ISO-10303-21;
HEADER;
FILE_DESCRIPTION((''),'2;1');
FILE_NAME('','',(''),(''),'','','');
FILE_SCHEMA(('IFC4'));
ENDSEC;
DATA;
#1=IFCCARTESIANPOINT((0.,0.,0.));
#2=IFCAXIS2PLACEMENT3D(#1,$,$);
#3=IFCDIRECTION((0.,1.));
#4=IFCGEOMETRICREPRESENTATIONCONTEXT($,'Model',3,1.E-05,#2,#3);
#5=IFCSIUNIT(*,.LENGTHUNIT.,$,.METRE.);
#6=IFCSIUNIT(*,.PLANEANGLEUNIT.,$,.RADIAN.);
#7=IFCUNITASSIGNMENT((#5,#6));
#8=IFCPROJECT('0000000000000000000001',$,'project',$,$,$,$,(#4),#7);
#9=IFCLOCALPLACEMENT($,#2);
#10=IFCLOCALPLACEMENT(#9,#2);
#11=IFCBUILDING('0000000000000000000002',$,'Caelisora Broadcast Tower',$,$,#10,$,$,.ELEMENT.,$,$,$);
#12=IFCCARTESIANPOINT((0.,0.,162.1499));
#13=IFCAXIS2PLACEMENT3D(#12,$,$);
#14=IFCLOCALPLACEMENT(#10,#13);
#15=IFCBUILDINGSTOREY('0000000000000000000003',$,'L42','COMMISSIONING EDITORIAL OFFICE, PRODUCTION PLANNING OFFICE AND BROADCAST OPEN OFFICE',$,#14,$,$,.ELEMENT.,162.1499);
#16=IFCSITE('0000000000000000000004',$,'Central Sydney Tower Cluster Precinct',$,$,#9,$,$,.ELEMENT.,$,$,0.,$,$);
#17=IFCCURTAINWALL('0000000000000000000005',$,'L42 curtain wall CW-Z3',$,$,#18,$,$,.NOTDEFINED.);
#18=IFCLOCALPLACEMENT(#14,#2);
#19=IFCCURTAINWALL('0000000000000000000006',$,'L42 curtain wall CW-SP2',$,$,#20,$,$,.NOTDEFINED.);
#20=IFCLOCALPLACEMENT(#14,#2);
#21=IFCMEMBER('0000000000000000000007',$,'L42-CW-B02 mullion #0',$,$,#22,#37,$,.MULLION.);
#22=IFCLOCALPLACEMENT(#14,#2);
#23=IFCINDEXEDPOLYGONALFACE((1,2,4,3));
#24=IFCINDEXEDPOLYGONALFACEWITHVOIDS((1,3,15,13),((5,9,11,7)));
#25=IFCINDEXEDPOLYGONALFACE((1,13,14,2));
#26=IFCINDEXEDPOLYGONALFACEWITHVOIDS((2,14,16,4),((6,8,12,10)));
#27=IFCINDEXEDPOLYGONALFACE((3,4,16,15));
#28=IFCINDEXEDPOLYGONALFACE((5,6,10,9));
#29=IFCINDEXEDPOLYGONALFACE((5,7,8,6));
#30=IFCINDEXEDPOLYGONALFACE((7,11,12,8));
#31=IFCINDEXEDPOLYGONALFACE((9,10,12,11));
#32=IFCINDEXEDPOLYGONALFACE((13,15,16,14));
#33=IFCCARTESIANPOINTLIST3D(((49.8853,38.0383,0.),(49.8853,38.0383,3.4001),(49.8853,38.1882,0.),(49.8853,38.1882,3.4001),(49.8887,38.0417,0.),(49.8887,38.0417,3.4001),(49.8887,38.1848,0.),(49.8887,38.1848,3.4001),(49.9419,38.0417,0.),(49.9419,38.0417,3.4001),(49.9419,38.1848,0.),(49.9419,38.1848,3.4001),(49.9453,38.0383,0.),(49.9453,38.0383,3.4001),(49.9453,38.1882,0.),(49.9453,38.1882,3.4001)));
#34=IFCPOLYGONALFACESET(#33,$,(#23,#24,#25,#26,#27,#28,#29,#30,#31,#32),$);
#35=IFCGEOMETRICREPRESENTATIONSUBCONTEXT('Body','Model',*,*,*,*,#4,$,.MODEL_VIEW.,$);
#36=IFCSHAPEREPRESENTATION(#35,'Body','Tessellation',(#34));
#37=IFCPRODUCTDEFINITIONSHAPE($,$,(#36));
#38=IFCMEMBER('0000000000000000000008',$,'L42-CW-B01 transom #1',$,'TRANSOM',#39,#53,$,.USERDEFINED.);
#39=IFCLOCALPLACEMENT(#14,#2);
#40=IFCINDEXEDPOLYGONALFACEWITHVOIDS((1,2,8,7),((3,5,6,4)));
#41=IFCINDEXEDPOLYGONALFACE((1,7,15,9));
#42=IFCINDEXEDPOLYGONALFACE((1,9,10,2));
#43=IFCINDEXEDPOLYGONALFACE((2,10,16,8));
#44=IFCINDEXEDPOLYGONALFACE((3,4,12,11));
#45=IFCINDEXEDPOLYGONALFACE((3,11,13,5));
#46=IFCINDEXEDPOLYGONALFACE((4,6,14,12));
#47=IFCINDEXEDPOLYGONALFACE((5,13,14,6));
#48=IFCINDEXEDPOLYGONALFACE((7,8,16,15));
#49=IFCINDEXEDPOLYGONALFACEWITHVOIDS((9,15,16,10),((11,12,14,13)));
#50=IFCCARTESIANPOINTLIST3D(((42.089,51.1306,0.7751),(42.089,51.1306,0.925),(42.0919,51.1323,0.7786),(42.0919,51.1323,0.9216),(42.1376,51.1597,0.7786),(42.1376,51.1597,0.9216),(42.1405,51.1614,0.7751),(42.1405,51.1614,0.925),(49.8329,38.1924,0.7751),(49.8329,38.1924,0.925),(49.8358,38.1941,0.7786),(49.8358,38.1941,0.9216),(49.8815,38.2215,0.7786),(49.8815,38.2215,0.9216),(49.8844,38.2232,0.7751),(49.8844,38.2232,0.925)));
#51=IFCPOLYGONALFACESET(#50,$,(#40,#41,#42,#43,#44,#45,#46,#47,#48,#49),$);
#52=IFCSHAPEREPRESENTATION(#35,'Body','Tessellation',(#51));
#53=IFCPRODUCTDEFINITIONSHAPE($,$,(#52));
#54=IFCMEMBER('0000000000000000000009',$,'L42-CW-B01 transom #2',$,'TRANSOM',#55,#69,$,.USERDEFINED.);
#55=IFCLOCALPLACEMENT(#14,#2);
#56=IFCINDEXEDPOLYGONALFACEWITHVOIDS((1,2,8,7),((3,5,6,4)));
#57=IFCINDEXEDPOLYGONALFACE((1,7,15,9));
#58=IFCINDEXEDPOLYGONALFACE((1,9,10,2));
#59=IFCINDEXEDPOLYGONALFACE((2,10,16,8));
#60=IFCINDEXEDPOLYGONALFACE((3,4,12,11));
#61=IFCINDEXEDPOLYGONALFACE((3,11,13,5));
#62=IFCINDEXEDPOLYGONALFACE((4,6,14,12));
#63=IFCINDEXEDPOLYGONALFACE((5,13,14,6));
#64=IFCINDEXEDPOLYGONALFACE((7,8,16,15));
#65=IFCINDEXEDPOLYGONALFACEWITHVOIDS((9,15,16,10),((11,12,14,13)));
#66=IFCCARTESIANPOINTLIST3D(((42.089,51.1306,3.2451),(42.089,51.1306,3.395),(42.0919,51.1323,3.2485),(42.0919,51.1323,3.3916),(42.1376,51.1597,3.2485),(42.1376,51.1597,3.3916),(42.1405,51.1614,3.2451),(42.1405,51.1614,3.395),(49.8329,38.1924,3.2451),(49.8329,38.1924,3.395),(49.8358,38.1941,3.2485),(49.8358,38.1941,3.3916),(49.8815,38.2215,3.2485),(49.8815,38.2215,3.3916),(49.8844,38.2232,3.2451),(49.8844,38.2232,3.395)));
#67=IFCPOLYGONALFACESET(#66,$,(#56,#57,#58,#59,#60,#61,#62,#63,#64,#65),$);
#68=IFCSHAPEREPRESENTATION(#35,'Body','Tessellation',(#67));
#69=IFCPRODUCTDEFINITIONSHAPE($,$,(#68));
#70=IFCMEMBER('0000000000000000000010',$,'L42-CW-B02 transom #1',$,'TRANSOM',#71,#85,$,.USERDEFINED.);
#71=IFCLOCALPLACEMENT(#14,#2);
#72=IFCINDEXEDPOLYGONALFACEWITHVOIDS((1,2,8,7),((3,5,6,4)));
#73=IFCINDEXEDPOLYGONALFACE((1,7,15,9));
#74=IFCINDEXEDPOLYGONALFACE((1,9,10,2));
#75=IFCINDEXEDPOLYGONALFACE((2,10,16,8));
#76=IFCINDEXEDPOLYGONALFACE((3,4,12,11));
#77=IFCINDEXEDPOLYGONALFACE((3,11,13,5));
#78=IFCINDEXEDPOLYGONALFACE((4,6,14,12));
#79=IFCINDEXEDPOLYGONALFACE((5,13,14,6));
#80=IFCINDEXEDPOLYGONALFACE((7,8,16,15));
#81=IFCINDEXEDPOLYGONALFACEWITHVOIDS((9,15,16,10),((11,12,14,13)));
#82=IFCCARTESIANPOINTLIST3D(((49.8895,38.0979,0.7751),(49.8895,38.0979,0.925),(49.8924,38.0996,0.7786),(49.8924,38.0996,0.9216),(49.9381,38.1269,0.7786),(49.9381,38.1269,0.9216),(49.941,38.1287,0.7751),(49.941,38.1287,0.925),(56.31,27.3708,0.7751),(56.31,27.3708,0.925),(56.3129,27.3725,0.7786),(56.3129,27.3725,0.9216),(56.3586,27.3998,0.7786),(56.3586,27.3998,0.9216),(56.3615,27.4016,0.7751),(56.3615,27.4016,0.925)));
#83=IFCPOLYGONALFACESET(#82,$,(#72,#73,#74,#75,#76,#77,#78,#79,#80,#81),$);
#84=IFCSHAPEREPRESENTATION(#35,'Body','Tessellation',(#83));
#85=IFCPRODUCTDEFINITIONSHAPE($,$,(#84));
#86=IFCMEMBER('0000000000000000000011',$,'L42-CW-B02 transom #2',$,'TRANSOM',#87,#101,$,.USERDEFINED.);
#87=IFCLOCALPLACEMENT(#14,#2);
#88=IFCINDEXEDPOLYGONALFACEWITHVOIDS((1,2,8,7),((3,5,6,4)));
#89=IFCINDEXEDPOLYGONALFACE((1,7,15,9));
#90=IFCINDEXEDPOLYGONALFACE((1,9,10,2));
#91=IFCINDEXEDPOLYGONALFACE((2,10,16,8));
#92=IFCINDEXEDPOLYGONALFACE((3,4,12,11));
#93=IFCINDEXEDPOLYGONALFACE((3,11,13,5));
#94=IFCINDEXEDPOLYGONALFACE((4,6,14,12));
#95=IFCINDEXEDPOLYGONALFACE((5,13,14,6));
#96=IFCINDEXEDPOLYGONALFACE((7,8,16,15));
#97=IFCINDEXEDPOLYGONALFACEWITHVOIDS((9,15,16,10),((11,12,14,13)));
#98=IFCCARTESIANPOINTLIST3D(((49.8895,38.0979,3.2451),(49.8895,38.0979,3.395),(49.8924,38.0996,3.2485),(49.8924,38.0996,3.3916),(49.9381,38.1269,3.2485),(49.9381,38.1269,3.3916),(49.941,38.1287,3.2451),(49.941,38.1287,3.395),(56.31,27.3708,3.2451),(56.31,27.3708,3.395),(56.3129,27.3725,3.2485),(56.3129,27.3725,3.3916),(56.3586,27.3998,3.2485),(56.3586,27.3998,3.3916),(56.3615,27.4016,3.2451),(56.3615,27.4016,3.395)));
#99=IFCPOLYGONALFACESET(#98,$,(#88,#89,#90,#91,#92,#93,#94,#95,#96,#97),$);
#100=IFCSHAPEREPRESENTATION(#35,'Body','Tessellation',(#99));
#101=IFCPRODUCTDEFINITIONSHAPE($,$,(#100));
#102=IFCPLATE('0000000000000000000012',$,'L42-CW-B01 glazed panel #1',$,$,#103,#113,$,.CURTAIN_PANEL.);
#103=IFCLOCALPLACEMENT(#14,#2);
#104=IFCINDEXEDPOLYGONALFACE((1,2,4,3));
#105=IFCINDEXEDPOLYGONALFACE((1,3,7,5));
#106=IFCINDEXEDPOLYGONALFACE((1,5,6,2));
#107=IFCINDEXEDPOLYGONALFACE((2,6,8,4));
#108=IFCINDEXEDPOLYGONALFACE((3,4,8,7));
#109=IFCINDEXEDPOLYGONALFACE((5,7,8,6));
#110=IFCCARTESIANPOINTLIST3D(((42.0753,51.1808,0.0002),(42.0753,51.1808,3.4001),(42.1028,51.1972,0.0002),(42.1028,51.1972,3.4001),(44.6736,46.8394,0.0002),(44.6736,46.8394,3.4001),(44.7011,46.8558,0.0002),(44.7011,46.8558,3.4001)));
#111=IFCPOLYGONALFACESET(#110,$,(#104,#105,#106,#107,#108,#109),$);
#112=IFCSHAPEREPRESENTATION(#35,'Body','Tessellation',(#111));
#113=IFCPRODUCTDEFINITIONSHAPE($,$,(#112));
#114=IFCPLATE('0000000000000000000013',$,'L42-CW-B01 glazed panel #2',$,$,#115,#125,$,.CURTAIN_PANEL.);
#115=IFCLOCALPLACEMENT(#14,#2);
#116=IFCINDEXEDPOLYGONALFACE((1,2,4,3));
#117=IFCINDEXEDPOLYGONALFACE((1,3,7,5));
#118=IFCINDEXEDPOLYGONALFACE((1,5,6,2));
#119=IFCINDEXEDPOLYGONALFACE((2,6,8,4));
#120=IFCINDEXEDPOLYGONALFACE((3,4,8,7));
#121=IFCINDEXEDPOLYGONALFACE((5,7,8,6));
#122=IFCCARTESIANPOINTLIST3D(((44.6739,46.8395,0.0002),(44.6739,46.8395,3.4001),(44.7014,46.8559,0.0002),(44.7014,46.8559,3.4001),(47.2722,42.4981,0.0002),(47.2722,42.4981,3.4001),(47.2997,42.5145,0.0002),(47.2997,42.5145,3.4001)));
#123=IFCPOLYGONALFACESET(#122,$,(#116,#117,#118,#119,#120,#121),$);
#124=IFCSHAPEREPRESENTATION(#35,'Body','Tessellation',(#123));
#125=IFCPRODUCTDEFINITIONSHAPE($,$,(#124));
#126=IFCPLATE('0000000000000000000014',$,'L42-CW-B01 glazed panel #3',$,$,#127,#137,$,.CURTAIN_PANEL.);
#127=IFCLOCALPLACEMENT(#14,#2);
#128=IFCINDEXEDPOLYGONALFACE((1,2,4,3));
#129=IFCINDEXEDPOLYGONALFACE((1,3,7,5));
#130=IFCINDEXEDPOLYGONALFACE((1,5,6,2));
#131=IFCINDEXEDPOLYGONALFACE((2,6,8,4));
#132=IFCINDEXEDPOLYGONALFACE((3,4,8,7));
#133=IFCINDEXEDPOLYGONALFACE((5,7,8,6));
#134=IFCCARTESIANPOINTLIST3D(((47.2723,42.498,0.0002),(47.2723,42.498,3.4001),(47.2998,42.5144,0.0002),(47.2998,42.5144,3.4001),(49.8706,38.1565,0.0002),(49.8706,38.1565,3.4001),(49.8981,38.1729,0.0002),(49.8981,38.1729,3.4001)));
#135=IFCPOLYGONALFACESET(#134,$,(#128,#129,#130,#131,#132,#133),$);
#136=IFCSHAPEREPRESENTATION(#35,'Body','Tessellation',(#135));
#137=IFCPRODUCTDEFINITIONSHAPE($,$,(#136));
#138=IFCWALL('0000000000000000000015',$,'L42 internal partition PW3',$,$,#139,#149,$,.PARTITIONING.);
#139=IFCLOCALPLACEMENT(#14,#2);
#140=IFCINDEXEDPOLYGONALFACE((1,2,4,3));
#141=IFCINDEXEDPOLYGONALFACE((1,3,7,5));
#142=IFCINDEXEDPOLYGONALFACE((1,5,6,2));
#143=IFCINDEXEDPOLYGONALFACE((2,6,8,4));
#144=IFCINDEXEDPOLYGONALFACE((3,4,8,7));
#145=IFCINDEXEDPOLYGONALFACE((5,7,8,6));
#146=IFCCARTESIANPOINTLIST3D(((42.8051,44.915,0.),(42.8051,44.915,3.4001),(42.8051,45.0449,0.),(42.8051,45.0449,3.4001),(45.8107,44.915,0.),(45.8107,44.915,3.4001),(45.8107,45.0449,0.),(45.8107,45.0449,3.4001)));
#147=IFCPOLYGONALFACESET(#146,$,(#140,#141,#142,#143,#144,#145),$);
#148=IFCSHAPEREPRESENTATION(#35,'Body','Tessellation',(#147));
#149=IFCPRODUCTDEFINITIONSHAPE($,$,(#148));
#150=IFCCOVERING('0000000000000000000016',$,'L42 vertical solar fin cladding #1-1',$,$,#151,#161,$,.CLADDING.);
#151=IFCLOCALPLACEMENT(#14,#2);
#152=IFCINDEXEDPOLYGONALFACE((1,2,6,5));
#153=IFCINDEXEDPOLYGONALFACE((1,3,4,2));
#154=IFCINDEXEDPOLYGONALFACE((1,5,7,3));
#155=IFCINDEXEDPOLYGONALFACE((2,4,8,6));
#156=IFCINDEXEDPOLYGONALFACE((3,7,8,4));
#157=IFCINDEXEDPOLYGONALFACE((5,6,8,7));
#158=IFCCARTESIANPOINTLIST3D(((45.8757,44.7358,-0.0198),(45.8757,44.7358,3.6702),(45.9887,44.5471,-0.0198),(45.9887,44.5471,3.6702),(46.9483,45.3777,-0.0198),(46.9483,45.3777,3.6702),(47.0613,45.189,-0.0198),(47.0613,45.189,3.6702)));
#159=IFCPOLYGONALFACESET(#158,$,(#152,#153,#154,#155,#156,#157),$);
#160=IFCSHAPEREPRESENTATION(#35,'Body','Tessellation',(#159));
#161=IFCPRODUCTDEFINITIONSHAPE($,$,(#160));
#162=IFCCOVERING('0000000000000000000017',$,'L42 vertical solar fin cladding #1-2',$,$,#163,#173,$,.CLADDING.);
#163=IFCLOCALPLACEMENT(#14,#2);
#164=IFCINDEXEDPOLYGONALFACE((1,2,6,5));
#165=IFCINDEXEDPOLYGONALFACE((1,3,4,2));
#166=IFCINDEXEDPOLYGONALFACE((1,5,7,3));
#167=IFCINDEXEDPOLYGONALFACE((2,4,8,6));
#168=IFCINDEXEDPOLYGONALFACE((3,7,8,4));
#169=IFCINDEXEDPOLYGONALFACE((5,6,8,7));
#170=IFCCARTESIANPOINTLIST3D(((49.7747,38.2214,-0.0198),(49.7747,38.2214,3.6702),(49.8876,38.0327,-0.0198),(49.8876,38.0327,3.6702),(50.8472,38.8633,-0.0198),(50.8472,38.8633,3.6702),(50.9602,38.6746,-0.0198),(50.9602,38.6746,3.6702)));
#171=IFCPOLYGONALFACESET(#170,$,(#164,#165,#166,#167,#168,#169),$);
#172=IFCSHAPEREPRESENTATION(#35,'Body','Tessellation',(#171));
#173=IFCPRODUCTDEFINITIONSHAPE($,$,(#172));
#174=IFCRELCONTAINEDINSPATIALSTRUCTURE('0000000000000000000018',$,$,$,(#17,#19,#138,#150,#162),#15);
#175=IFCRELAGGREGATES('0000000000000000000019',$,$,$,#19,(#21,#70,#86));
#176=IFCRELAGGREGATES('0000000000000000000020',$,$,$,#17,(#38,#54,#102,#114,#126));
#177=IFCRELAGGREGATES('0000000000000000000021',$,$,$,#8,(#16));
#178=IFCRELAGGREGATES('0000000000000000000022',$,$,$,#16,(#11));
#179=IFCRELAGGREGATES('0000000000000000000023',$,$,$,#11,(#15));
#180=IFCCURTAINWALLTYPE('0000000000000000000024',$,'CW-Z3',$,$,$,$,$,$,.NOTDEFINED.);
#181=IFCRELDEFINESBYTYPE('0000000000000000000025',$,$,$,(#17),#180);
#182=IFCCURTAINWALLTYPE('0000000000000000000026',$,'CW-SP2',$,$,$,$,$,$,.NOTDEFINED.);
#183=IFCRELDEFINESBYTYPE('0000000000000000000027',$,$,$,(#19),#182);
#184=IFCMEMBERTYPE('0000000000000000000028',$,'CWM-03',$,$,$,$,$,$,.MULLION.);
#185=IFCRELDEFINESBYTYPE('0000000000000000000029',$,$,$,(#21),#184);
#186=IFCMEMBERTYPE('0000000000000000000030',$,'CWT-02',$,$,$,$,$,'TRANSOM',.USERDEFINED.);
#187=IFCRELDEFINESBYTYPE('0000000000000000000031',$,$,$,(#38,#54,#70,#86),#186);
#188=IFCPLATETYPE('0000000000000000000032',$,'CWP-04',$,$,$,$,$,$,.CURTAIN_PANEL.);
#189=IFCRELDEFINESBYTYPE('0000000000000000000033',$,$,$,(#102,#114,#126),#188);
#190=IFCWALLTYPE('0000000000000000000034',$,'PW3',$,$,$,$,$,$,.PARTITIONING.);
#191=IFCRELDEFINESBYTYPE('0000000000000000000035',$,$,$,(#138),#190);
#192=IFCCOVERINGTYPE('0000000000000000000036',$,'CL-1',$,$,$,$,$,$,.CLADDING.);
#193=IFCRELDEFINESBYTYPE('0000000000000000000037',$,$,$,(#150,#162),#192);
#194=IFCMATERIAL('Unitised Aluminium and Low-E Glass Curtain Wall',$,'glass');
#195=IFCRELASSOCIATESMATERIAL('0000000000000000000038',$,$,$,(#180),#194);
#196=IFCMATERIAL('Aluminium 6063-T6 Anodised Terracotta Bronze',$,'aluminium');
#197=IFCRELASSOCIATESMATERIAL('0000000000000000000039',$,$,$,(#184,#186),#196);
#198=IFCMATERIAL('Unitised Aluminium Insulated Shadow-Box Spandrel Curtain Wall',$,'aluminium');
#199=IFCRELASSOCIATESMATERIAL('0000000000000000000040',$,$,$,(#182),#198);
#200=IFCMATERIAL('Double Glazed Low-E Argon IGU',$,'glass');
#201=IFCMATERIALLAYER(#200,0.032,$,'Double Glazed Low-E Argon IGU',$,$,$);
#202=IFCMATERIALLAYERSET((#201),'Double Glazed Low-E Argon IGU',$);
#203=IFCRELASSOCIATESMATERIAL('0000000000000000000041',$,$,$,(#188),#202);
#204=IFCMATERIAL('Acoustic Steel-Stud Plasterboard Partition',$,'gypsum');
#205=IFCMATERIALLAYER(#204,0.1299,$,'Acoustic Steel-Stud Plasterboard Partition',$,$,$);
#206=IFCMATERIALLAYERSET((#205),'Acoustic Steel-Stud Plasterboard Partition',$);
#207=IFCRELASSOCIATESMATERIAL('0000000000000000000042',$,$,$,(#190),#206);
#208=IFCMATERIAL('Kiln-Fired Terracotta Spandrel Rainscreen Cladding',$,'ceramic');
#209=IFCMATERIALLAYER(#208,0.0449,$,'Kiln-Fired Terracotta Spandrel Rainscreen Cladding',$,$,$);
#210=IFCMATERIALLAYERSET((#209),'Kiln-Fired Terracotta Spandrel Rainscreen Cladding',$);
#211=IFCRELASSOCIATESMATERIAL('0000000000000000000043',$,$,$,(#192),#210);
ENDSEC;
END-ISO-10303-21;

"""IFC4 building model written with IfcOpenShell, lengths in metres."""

from ifc_helpers import new_model, si_unit, direction, frame, frame_2d, origin, origin_2d, place, context, subcontext, project, spatial, rectangle, hollow_rectangle, extrude, source, transform, mapped, material, layer, layer_set, material_profile, profile_set, type_object, type_shapes, element, aggregate, save


model = new_model("IFC4")

# Units and contexts
model_context = context("Model", 3, precision=1e-05, world=origin(), true_north=direction((0.0, 1.0)))
body_context = subcontext(model_context, "Body", "Model", "MODEL_VIEW")
ifc_project = project(units=[si_unit("LENGTHUNIT", "METRE"), si_unit("PLANEANGLEUNIT", "RADIAN")], contexts=[model_context])

# Site, building, storey
site_placement = place(None, origin())
site = spatial("IfcSite", under=ifc_project, at=site_placement, Name="Central Sydney Tower Cluster Precinct", CompositionType="ELEMENT", RefElevation=0.0)
building_placement = place(site_placement, origin())
building = spatial("IfcBuilding", under=site, at=building_placement, Name="Caelisora Broadcast Tower", CompositionType="ELEMENT")
storey_placement = place(building_placement, frame((0.0, 0.0, 162.1499)))
storey = spatial("IfcBuildingStorey", under=building, at=storey_placement, Name="L42", Description="COMMISSIONING EDITORIAL OFFICE, PRODUCTION PLANNING OFFICE AND BROADCAST OPEN OFFICE", CompositionType="ELEMENT", Elevation=162.1499)

# Curtain wall
ifc_material_1 = material(Name="Unitised Aluminium and Low-E Glass Curtain Wall", Category="glass")
curtain_wall_type_1 = type_object("IfcCurtainWallType", Name="CW-Z3", PredefinedType="NOTDEFINED", material=ifc_material_1)
curtain_wall_1_placement = place(storey_placement, origin())
curtain_wall_1 = element("IfcCurtainWall", 1, at=curtain_wall_1_placement, inside=storey, type_object=curtain_wall_type_1, Name="L42 curtain wall CW-Z3", PredefinedType="NOTDEFINED")
ifc_material_2 = material(Name="Aluminium 6063-T6 Anodised Terracotta Bronze", Category="aluminium")
ifc_material_profile_1 = material_profile(ifc_material_2, hollow_rectangle(XDim=0.0601, YDim=0.1499, WallThickness=0.0034, at=origin_2d()), Name="Aluminium 6063-T6 Anodised Terracotta Bronze")
ifc_profile_set_1 = profile_set([ifc_material_profile_1], Name="Aluminium 6063-T6 Anodised Terracotta Bronze")
member_type_1 = type_object("IfcMemberType", Name="CWM-03", PredefinedType="MULLION", material=ifc_profile_set_1)
shared_shape_1 = source(origin(), body_context, "Body", "SweptSolid", [
    extrude(hollow_rectangle(XDim=0.0601, YDim=0.1499, WallThickness=0.0034, at=origin_2d()), origin(), (0.0, 0.0, 1.0), 3.4001),
])
type_shapes(member_type_1, [shared_shape_1])

# Curtain wall, member
ifc_material_3 = material(Name="Unitised Aluminium Insulated Shadow-Box Spandrel Curtain Wall", Category="aluminium")
curtain_wall_type_2 = type_object("IfcCurtainWallType", Name="CW-SP2", PredefinedType="NOTDEFINED", material=ifc_material_3)
curtain_wall_2_placement = place(storey_placement, origin())
curtain_wall_2 = element("IfcCurtainWall", 2, at=curtain_wall_2_placement, inside=storey, type_object=curtain_wall_type_2, Name="L42 curtain wall CW-SP2", PredefinedType="NOTDEFINED")
member_1_placement = place(storey_placement, frame((49.9153, 38.1133, 0.0), z_axis=(0.0, 0.0, 1.0), x_axis=(1.0, 0.0, 0.0)))
member_1 = element("IfcMember", 3, at=member_1_placement, type_object=member_type_1, Name="L42-CW-B02 mullion #0", PredefinedType="MULLION", context=body_context, shape_type="MappedRepresentation", body=[
    mapped(shared_shape_1, transform((0.0, 0.0, 0.0), scale=1.0)),
])

# Members
ifc_material_profile_2 = material_profile(ifc_material_2, hollow_rectangle(XDim=0.0601, YDim=0.1499, WallThickness=0.0034, at=origin_2d()), Name="Aluminium 6063-T6 Anodised Terracotta Bronze")
ifc_profile_set_2 = profile_set([ifc_material_profile_2], Name="Aluminium 6063-T6 Anodised Terracotta Bronze")
member_type_2 = type_object("IfcMemberType", Name="CWT-02", ElementType="TRANSOM", PredefinedType="USERDEFINED", material=ifc_profile_set_2)
shared_shape_2 = source(origin(), body_context, "Body", "SweptSolid", [
    extrude(hollow_rectangle(XDim=0.0601, YDim=0.1499, WallThickness=0.0034, at=origin_2d()), origin(), (0.0, 0.0, 1.0), 15.0786),
])
member_2_placement = place(storey_placement, frame((42.1147, 51.146, 0.8501), z_axis=(0.513567, -0.85805, 0.0), x_axis=(0.85805, 0.513567, 0.0)))
member_2 = element("IfcMember", 4, at=member_2_placement, type_object=member_type_2, Name="L42-CW-B01 transom #1", ObjectType="TRANSOM", PredefinedType="USERDEFINED", context=body_context, shape_type="MappedRepresentation", body=[
    mapped(shared_shape_2, transform((0.0, 0.0, 0.0), scale=1.0)),
])
member_3_placement = place(storey_placement, frame((42.1147, 51.146, 3.3201), z_axis=(0.513567, -0.85805, 0.0), x_axis=(0.85805, 0.513567, 0.0)))
member_3 = element("IfcMember", 5, at=member_3_placement, type_object=member_type_2, Name="L42-CW-B01 transom #2", ObjectType="TRANSOM", PredefinedType="USERDEFINED", context=body_context, shape_type="MappedRepresentation", body=[
    mapped(shared_shape_2, transform((0.0, 0.0, 0.0), scale=1.0)),
])
shared_shape_3 = source(origin(), body_context, "Body", "SweptSolid", [
    extrude(hollow_rectangle(XDim=0.0601, YDim=0.1499, WallThickness=0.0034, at=origin_2d()), origin(), (0.0, 0.0, 1.0), 12.5017),
])
type_shapes(member_type_2, [shared_shape_2, shared_shape_3])
member_4_placement = place(storey_placement, frame((49.9153, 38.1133, 0.8501), z_axis=(0.513565, -0.858051, 0.0), x_axis=(0.858051, 0.513565, 0.0)))
member_4 = element("IfcMember", 6, at=member_4_placement, type_object=member_type_2, Name="L42-CW-B02 transom #1", ObjectType="TRANSOM", PredefinedType="USERDEFINED", context=body_context, shape_type="MappedRepresentation", body=[
    mapped(shared_shape_3, transform((0.0, 0.0, 0.0), scale=1.0)),
])
member_5_placement = place(storey_placement, frame((49.9153, 38.1133, 3.3201), z_axis=(0.513565, -0.858051, 0.0), x_axis=(0.858051, 0.513565, 0.0)))
member_5 = element("IfcMember", 7, at=member_5_placement, type_object=member_type_2, Name="L42-CW-B02 transom #2", ObjectType="TRANSOM", PredefinedType="USERDEFINED", context=body_context, shape_type="MappedRepresentation", body=[
    mapped(shared_shape_3, transform((0.0, 0.0, 0.0), scale=1.0)),
])
aggregate(curtain_wall_2, [member_1, member_4, member_5])

# Plates
ifc_material_4 = material(Name="Double Glazed Low-E Argon IGU", Category="glass")
ifc_layer_1 = layer(ifc_material_4, 0.032, Name="Double Glazed Low-E Argon IGU")
ifc_layer_set_1 = layer_set([ifc_layer_1], Name="Double Glazed Low-E Argon IGU")
plate_type = type_object("IfcPlateType", Name="CWP-04", PredefinedType="CURTAIN_PANEL", material=ifc_layer_set_1)
shared_shape_4 = source(origin(), body_context, "Body", "SweptSolid", [
    extrude(rectangle(XDim=5.0596, YDim=0.032, at=origin_2d()), origin(), (0.0, 0.0, 1.0), 3.3999),
])
type_shapes(plate_type, [shared_shape_4])
plate_1_placement = place(storey_placement, frame((43.3882, 49.0183, 0.0002), z_axis=(0.0, 0.0, 1.0), x_axis=(0.513541, -0.858065, 0.0)))
plate_1 = element("IfcPlate", 8, at=plate_1_placement, type_object=plate_type, Name="L42-CW-B01 glazed panel #1", PredefinedType="CURTAIN_PANEL", context=body_context, shape_type="MappedRepresentation", body=[
    mapped(shared_shape_4, transform((0.0, 0.0, 0.0), scale=1.0)),
])
plate_2_placement = place(storey_placement, frame((45.9868, 44.677, 0.0002), z_axis=(0.0, 0.0, 1.0), x_axis=(0.513541, -0.858065, 0.0)))
plate_2 = element("IfcPlate", 9, at=plate_2_placement, type_object=plate_type, Name="L42-CW-B01 glazed panel #2", PredefinedType="CURTAIN_PANEL", context=body_context, shape_type="MappedRepresentation", body=[
    mapped(shared_shape_4, transform((0.0, 0.0, 0.0), scale=1.0)),
])
plate_3_placement = place(storey_placement, frame((48.5852, 40.3354, 0.0002), z_axis=(0.0, 0.0, 1.0), x_axis=(0.513541, -0.858065, 0.0)))
plate_3 = element("IfcPlate", 10, at=plate_3_placement, type_object=plate_type, Name="L42-CW-B01 glazed panel #3", PredefinedType="CURTAIN_PANEL", context=body_context, shape_type="MappedRepresentation", body=[
    mapped(shared_shape_4, transform((0.0, 0.0, 0.0), scale=1.0)),
])
aggregate(curtain_wall_1, [member_2, member_3, plate_1, plate_2, plate_3])

# Wall
ifc_material_5 = material(Name="Acoustic Steel-Stud Plasterboard Partition", Category="gypsum")
ifc_layer_2 = layer(ifc_material_5, 0.1299, Name="Acoustic Steel-Stud Plasterboard Partition")
ifc_layer_set_2 = layer_set([ifc_layer_2], Name="Acoustic Steel-Stud Plasterboard Partition")
wall_type = type_object("IfcWallType", Name="PW3", PredefinedType="PARTITIONING", material=ifc_layer_set_2)
wall_placement = place(storey_placement, frame((42.8049, 44.98, 0.0), z_axis=(0.0, 0.0, 1.0), x_axis=(1.0, 0.0, 0.0)))
element("IfcWall", 11, at=wall_placement, inside=storey, type_object=wall_type, Name="L42 internal partition PW3", PredefinedType="PARTITIONING", context=body_context, shape_type="SweptSolid", body=[
    extrude(rectangle(XDim=3.0056, YDim=0.1299, at=frame_2d((1.5029, 0.0))), origin(), (0.0, 0.0, 1.0), 3.4001),
])

# Coverings
ifc_material_6 = material(Name="Kiln-Fired Terracotta Spandrel Rainscreen Cladding", Category="ceramic")
ifc_layer_3 = layer(ifc_material_6, 0.0449, Name="Kiln-Fired Terracotta Spandrel Rainscreen Cladding")
ifc_layer_set_3 = layer_set([ifc_layer_3], Name="Kiln-Fired Terracotta Spandrel Rainscreen Cladding")
covering_type = type_object("IfcCoveringType", Name="CL-1", PredefinedType="CLADDING", material=ifc_layer_set_3)
shared_shape_5 = source(origin(), body_context, "Body", "SweptSolid", [
    extrude(rectangle(XDim=0.22, YDim=1.25, at=origin_2d()), origin(), (0.0, 0.0, 1.0), 3.6899),
])
type_shapes(covering_type, [shared_shape_5])
for number, where, z_axis, x_axis, name in (
    (12, (46.4685, 44.9624, -0.0198), (0.0, 0.0, 1.0), (0.513541, -0.858065, 0.0), "L42 vertical solar fin cladding #1-1"),
    (13, (50.3674, 38.448, -0.0198), (0.0, 0.0, 1.0), (0.513541, -0.858065, 0.0), "L42 vertical solar fin cladding #1-2"),
):
    element("IfcCovering", number, at=place(storey_placement, frame(where, z_axis=z_axis, x_axis=x_axis)), inside=storey, type_object=covering_type, Name=name, PredefinedType="CLADDING", context=body_context, shape_type="MappedRepresentation", body=[
        mapped(shared_shape_5, transform((0.0, 0.0, 0.0), scale=1.0)),
    ])

save(model, "model.ifc")
